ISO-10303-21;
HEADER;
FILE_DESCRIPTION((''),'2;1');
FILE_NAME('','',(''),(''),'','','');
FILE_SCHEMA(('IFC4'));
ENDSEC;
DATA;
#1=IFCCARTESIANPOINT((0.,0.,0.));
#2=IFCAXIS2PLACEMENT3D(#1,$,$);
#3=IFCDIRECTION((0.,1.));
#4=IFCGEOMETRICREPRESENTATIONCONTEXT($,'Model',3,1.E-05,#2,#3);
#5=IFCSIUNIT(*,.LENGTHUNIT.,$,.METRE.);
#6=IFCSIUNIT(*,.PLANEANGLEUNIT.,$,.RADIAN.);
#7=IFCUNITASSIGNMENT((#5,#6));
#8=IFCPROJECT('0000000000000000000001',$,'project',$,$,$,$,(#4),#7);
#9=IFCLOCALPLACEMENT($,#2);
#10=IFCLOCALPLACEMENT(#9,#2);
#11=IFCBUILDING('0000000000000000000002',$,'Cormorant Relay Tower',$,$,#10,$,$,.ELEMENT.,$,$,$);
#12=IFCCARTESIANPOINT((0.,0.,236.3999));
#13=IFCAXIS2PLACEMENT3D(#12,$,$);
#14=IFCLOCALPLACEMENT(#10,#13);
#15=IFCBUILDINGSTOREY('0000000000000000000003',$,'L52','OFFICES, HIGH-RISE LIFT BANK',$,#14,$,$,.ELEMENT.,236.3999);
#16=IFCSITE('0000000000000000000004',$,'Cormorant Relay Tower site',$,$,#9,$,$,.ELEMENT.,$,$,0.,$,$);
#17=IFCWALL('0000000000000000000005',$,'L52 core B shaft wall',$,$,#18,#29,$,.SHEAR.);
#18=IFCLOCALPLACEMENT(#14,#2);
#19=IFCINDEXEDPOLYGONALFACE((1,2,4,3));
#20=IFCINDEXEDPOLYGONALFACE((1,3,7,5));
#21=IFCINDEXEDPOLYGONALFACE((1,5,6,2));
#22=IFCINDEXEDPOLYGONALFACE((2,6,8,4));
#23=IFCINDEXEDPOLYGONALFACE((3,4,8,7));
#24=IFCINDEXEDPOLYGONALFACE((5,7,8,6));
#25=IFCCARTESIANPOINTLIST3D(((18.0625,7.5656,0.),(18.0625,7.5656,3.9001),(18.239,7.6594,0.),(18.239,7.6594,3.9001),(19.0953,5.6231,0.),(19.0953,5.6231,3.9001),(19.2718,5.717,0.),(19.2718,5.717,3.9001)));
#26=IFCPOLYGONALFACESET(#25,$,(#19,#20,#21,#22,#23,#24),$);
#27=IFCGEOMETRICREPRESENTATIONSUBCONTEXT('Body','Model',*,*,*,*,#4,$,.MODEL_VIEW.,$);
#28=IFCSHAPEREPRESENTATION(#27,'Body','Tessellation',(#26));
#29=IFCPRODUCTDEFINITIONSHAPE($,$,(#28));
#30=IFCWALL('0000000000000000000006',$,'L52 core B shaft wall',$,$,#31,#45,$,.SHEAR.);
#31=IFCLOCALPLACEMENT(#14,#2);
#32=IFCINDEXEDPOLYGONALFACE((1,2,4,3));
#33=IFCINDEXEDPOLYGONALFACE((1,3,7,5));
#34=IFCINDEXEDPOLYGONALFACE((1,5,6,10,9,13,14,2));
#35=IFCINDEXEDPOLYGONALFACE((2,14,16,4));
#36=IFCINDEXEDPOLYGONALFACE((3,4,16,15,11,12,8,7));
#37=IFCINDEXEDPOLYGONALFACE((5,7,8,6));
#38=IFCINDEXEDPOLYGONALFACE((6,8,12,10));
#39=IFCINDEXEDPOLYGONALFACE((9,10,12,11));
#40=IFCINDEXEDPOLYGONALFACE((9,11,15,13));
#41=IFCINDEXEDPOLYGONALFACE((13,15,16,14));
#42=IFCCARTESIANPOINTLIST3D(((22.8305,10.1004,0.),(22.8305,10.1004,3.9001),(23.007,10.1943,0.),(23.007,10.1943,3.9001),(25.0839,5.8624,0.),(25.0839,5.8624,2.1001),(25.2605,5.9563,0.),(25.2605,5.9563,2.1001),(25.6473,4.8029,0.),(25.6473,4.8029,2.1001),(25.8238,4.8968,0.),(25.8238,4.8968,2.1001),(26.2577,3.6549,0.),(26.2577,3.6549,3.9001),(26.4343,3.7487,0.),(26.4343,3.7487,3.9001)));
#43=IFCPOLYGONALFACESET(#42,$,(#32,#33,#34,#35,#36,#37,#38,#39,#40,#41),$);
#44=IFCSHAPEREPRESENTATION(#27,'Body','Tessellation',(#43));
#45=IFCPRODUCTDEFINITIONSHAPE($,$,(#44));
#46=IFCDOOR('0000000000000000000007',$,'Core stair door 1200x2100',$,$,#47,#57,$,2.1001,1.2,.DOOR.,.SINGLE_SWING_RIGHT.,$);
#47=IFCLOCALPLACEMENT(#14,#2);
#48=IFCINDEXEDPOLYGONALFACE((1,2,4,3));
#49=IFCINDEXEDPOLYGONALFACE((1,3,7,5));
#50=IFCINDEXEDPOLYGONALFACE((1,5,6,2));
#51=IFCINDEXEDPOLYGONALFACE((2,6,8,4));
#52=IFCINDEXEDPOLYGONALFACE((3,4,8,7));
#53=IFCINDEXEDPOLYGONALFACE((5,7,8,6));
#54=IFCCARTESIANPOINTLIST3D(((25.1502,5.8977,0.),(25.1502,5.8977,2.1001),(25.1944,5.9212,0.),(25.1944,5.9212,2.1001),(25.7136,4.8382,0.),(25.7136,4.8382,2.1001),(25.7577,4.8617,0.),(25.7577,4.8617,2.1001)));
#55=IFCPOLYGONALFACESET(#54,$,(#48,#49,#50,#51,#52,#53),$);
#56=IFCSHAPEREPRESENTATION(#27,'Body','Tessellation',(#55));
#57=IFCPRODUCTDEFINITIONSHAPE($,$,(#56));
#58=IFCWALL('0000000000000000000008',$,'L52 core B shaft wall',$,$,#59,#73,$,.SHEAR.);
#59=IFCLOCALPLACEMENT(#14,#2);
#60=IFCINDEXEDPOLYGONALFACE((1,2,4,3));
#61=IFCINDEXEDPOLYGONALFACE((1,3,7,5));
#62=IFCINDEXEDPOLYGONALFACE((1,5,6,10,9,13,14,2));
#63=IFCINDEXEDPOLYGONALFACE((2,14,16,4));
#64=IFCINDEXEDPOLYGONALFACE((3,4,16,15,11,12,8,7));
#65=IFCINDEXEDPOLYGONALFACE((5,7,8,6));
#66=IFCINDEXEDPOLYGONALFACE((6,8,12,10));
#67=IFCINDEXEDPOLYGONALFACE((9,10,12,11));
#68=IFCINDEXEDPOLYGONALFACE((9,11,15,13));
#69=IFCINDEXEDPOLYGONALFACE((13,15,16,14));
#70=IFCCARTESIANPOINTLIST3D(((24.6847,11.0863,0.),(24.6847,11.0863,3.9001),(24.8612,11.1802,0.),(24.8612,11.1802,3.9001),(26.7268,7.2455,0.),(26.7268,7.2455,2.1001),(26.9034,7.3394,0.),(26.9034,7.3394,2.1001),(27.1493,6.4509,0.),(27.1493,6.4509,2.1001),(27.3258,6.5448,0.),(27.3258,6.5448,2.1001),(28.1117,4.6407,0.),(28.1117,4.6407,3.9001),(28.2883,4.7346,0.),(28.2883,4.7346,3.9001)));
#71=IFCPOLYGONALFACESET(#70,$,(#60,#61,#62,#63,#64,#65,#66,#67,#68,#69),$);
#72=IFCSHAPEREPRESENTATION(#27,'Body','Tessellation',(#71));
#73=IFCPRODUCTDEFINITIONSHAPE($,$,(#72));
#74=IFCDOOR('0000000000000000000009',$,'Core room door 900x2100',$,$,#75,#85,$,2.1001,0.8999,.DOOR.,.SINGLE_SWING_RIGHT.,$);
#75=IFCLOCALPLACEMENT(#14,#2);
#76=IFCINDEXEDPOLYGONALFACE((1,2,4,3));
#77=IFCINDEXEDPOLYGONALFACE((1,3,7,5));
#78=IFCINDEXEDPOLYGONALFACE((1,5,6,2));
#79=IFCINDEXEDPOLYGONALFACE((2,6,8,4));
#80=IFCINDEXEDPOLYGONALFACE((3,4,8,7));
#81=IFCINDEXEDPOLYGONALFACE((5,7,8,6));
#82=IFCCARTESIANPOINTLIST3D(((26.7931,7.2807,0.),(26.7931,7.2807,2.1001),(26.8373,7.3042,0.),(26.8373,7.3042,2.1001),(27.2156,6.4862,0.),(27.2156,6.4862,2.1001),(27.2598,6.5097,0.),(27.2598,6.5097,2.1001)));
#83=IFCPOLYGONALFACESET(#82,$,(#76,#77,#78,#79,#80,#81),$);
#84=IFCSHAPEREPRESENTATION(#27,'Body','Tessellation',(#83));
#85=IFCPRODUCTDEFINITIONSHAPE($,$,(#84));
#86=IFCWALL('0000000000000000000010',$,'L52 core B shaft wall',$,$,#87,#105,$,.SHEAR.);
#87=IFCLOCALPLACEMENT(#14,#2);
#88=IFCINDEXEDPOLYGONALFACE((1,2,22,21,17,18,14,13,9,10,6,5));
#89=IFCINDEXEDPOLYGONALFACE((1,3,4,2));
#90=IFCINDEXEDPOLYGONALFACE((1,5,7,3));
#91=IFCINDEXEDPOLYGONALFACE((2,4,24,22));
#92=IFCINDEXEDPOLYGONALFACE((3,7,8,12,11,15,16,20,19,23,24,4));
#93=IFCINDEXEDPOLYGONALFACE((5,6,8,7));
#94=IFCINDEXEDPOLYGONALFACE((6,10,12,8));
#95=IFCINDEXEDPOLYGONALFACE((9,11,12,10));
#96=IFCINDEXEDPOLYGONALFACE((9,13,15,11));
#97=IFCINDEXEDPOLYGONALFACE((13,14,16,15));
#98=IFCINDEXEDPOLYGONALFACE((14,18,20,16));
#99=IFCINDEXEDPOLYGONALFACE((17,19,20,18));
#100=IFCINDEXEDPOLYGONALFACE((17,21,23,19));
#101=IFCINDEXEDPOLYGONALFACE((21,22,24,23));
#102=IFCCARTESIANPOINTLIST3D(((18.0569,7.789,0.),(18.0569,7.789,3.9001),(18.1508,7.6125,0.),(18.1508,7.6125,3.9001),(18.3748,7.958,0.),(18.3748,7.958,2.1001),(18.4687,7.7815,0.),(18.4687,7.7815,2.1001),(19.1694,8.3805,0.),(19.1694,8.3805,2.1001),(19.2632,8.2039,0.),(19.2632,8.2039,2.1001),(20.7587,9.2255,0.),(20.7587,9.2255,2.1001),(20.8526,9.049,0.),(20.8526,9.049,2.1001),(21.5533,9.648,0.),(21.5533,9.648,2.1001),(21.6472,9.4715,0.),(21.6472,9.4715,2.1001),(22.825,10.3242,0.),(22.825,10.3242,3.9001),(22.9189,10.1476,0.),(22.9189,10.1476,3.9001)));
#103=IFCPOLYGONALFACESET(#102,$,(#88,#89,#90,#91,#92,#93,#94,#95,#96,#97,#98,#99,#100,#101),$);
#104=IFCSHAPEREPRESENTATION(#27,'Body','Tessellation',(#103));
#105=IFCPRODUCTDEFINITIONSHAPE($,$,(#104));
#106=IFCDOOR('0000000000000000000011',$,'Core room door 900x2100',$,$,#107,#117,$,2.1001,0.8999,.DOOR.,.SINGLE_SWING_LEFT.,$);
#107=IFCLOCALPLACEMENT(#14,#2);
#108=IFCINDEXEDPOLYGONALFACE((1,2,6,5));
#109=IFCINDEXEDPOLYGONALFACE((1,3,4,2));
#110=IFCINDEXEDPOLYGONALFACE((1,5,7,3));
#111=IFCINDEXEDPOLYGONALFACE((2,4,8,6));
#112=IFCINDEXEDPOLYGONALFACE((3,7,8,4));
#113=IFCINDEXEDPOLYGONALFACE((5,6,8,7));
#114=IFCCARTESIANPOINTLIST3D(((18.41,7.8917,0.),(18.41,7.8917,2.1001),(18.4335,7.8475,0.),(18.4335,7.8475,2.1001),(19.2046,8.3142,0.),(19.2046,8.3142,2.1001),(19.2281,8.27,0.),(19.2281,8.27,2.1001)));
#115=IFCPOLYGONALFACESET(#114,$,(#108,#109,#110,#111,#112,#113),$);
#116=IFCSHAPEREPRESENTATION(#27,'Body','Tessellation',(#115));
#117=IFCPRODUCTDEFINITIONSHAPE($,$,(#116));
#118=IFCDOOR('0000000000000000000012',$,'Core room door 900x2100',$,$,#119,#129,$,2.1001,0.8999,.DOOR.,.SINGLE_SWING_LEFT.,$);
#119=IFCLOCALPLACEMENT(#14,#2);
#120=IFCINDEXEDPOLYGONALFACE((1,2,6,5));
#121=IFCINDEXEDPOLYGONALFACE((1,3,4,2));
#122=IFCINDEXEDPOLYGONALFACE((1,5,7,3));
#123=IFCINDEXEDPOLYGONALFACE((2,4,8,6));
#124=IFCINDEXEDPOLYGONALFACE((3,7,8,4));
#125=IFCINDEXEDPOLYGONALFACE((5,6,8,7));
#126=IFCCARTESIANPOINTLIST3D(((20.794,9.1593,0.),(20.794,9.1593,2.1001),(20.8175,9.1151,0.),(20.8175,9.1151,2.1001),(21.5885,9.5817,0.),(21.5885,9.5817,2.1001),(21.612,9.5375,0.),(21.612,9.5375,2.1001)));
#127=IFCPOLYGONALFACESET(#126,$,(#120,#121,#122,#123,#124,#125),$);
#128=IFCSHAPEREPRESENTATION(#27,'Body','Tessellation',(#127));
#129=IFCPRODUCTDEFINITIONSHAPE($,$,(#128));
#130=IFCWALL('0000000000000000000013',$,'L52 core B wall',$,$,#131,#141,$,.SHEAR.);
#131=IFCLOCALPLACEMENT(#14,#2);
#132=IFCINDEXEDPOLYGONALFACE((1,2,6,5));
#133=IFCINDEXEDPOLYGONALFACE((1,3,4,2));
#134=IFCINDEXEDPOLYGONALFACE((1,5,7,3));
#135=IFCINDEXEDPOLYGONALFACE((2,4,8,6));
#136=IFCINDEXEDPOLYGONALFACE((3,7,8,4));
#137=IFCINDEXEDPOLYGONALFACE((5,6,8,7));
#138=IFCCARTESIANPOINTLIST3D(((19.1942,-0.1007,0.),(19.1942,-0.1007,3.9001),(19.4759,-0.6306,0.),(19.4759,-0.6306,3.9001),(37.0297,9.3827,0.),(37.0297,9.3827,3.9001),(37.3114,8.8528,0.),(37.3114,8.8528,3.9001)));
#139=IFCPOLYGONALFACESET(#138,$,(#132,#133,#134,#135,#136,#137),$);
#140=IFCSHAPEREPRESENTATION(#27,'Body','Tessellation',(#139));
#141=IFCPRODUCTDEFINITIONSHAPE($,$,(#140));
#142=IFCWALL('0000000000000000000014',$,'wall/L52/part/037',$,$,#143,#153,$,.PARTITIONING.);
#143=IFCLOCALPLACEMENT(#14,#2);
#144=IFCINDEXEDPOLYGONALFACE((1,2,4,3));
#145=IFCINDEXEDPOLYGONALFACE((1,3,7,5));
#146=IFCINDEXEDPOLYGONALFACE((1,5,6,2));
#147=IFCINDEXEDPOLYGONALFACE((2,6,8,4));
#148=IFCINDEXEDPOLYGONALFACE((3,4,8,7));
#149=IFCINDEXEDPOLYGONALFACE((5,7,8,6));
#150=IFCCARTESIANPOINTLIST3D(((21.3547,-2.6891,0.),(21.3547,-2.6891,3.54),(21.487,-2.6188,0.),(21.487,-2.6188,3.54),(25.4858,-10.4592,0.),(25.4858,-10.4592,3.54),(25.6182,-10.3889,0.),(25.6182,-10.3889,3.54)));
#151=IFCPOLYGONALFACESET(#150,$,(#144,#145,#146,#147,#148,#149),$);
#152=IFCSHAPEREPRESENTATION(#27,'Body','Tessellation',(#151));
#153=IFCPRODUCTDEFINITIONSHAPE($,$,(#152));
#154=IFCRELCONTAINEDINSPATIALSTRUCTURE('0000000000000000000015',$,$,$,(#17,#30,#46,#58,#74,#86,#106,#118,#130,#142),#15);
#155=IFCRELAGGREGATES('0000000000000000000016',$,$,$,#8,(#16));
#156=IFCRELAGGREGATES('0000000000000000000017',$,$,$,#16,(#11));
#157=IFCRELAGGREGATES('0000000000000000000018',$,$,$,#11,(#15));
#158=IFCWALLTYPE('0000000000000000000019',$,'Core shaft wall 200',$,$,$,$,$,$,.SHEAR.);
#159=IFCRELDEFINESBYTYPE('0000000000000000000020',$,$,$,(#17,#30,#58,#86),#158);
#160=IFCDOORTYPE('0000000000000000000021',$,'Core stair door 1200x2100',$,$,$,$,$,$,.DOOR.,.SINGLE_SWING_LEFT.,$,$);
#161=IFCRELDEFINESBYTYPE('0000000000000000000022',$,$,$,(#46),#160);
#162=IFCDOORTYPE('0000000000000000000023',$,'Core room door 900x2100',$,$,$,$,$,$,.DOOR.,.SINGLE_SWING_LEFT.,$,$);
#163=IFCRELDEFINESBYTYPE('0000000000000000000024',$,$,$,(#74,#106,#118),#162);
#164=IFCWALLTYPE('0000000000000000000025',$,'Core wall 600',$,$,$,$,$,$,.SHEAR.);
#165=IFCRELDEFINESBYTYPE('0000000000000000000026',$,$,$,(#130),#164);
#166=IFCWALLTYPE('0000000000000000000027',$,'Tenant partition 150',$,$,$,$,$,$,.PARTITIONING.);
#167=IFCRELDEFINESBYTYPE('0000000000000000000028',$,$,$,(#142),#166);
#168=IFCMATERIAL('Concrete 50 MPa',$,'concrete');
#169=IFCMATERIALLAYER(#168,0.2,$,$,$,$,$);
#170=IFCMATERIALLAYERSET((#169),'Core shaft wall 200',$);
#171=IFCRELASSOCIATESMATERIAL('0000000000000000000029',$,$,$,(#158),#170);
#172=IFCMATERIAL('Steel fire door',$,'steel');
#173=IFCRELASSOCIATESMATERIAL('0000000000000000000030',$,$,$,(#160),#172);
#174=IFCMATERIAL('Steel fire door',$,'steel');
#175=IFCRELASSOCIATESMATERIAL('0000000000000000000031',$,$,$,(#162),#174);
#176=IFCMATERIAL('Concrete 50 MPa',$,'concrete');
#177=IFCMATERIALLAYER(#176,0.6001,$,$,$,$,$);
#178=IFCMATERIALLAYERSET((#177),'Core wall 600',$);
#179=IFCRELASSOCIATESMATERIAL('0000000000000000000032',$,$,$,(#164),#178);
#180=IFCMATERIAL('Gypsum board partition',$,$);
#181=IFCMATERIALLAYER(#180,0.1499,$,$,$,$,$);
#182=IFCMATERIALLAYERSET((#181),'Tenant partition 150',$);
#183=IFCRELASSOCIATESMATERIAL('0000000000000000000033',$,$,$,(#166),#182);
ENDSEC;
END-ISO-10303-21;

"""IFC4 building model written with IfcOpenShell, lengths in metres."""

from ifc_helpers import new_model, si_unit, direction, frame, frame_2d, origin, place, context, subcontext, project, spatial, rectangle, extrude, material, layer, layer_set, type_object, element, fill, save


model = new_model("IFC4")

# Units and contexts
model_context = context("Model", 3, precision=1e-05, world=origin(), true_north=direction((0.0, 1.0)))
body_context = subcontext(model_context, "Body", "Model", "MODEL_VIEW")
ifc_project = project(units=[si_unit("LENGTHUNIT", "METRE"), si_unit("PLANEANGLEUNIT", "RADIAN")], contexts=[model_context])

# Site, building, storey
site_placement = place(None, origin())
site = spatial("IfcSite", under=ifc_project, at=site_placement, Name="Cormorant Relay Tower site", CompositionType="ELEMENT", RefElevation=0.0)
building_placement = place(site_placement, origin())
building = spatial("IfcBuilding", under=site, at=building_placement, Name="Cormorant Relay Tower", CompositionType="ELEMENT")
storey_placement = place(building_placement, frame((0.0, 0.0, 236.3999)))
storey = spatial("IfcBuildingStorey", under=building, at=storey_placement, Name="L52", Description="OFFICES, HIGH-RISE LIFT BANK", CompositionType="ELEMENT", Elevation=236.3999)

# Wall
ifc_material_1 = material(Name="Concrete 50 MPa", Category="concrete")
ifc_layer_1 = layer(ifc_material_1, 0.2)
ifc_layer_set_1 = layer_set([ifc_layer_1], Name="Core shaft wall 200")
wall_type_1 = type_object("IfcWallType", Name="Core shaft wall 200", PredefinedType="SHEAR", material=ifc_layer_set_1)
wall_1_placement = place(storey_placement, frame((19.1836, 5.6699, 0.0), z_axis=(0.0, 0.0, 1.0), x_axis=(-0.469447, 0.88296, 0.0)))
element("IfcWall", 1, at=wall_1_placement, inside=storey, type_object=wall_type_1, Name="L52 core B shaft wall", PredefinedType="SHEAR", context=body_context, shape_type="SweptSolid", body=[
    extrude(rectangle(XDim=2.2, YDim=0.2, at=frame_2d((1.1001, 0.0))), origin(), (0.0, 0.0, 1.0), 3.9001),
])

# Walls, openings, doors
wall_2_placement = place(storey_placement, frame((26.3459, 3.7019, 0.0), z_axis=(0.0, 0.0, 1.0), x_axis=(-0.46948, 0.882943, 0.0)))
wall_2 = element("IfcWall", 2, at=wall_2_placement, inside=storey, type_object=wall_type_1, Name="L52 core B shaft wall", PredefinedType="SHEAR", context=body_context, shape_type="SweptSolid", body=[
    extrude(rectangle(XDim=7.3, YDim=0.2, at=frame_2d((3.6499, 0.0))), origin(), (0.0, 0.0, 1.0), 3.9001),
])
opening_1_placement = place(wall_2_placement, frame((1.3, 0.0, 0.0)))
opening_1 = element("IfcOpeningElement", 3, at=opening_1_placement, cuts=wall_2, PredefinedType="OPENING", context=body_context, shape_type="SweptSolid", body=[
    extrude(rectangle(XDim=1.2, YDim=2.1001, at=frame_2d((0.6001, 1.05))), frame((0.0, 0.1099, 0.0), z_axis=(0.0, -1.0, 0.0), x_axis=(1.0, 0.0, 0.0)), (0.0, 0.0, 1.0), 0.22),
])
ifc_material_2 = material(Name="Steel fire door", Category="steel")
door_type_1 = type_object("IfcDoorType", Name="Core stair door 1200x2100", OperationType="SINGLE_SWING_LEFT", PredefinedType="DOOR", material=ifc_material_2)
door_1_placement = place(opening_1_placement, origin())
door_1 = element("IfcDoor", 4, at=door_1_placement, inside=storey, type_object=door_type_1, Name="Core stair door 1200x2100", OperationType="SINGLE_SWING_RIGHT", OverallHeight=2.1001, OverallWidth=1.2, PredefinedType="DOOR", context=body_context, shape_type="SweptSolid", body=[
    extrude(rectangle(XDim=1.2, YDim=2.1001, at=frame_2d((0.6001, 1.05))), frame((0.0, 0.0249, 0.0), z_axis=(0.0, -1.0, 0.0), x_axis=(1.0, 0.0, 0.0)), (0.0, 0.0, 1.0), 0.05),
])
fill(opening_1, door_1)
wall_3_placement = place(storey_placement, frame((28.2, 4.6877, 0.0), z_axis=(0.0, 0.0, 1.0), x_axis=(-0.469454, 0.882957, 0.0)))
wall_3 = element("IfcWall", 5, at=wall_3_placement, inside=storey, type_object=wall_type_1, Name="L52 core B shaft wall", PredefinedType="SHEAR", context=body_context, shape_type="SweptSolid", body=[
    extrude(rectangle(XDim=7.3, YDim=0.2, at=frame_2d((3.6499, 0.0))), origin(), (0.0, 0.0, 1.0), 3.9001),
])
opening_2_placement = place(wall_3_placement, frame((2.05, 0.0, 0.0)))
opening_2 = element("IfcOpeningElement", 6, at=opening_2_placement, cuts=wall_3, PredefinedType="OPENING", context=body_context, shape_type="SweptSolid", body=[
    extrude(rectangle(XDim=0.8999, YDim=2.1001, at=frame_2d((0.45, 1.05))), frame((0.0, 0.1099, 0.0), z_axis=(0.0, -1.0, 0.0), x_axis=(1.0, 0.0, 0.0)), (0.0, 0.0, 1.0), 0.22),
])
ifc_material_3 = material(Name="Steel fire door", Category="steel")
door_type_2 = type_object("IfcDoorType", Name="Core room door 900x2100", OperationType="SINGLE_SWING_LEFT", PredefinedType="DOOR", material=ifc_material_3)
door_2_placement = place(opening_2_placement, origin())
door_2 = element("IfcDoor", 7, at=door_2_placement, inside=storey, type_object=door_type_2, Name="Core room door 900x2100", OperationType="SINGLE_SWING_RIGHT", OverallHeight=2.1001, OverallWidth=0.8999, PredefinedType="DOOR", context=body_context, shape_type="SweptSolid", body=[
    extrude(rectangle(XDim=0.8999, YDim=2.1001, at=frame_2d((0.45, 1.05))), frame((0.0, 0.0249, 0.0), z_axis=(0.0, -1.0, 0.0), x_axis=(1.0, 0.0, 0.0)), (0.0, 0.0, 1.0), 0.05),
])
fill(opening_2, door_2)

# Wall, openings, doors
wall_4_placement = place(storey_placement, frame((18.1038, 7.7007, 0.0), z_axis=(0.0, 0.0, 1.0), x_axis=(0.882953, 0.469462, 0.0)))
wall_4 = element("IfcWall", 8, at=wall_4_placement, inside=storey, type_object=wall_type_1, Name="L52 core B shaft wall", PredefinedType="SHEAR", context=body_context, shape_type="SweptSolid", body=[
    extrude(rectangle(XDim=5.4001, YDim=0.2, at=frame_2d((2.7002, 0.0))), origin(), (0.0, 0.0, 1.0), 3.9001),
])
opening_3_placement = place(wall_4_placement, frame((0.3601, 0.0, 0.0)))
opening_3 = element("IfcOpeningElement", 9, at=opening_3_placement, cuts=wall_4, PredefinedType="OPENING", context=body_context, shape_type="SweptSolid", body=[
    extrude(rectangle(XDim=0.8999, YDim=2.1001, at=frame_2d((0.45, 1.05))), frame((0.0, 0.1099, 0.0), z_axis=(0.0, -1.0, 0.0), x_axis=(1.0, 0.0, 0.0)), (0.0, 0.0, 1.0), 0.22),
])
opening_4_placement = place(wall_4_placement, frame((3.0601, 0.0, 0.0)))
opening_4 = element("IfcOpeningElement", 10, at=opening_4_placement, cuts=wall_4, PredefinedType="OPENING", context=body_context, shape_type="SweptSolid", body=[
    extrude(rectangle(XDim=0.8999, YDim=2.1001, at=frame_2d((0.45, 1.05))), frame((0.0, 0.1099, 0.0), z_axis=(0.0, -1.0, 0.0), x_axis=(1.0, 0.0, 0.0)), (0.0, 0.0, 1.0), 0.22),
])
door_3_placement = place(opening_3_placement, origin())
door_3 = element("IfcDoor", 11, at=door_3_placement, inside=storey, type_object=door_type_2, Name="Core room door 900x2100", OperationType="SINGLE_SWING_LEFT", OverallHeight=2.1001, OverallWidth=0.8999, PredefinedType="DOOR", context=body_context, shape_type="SweptSolid", body=[
    extrude(rectangle(XDim=0.8999, YDim=2.1001, at=frame_2d((0.45, 1.05))), frame((0.0, 0.0249, 0.0), z_axis=(0.0, -1.0, 0.0), x_axis=(1.0, 0.0, 0.0)), (0.0, 0.0, 1.0), 0.05),
])
fill(opening_3, door_3)
door_4_placement = place(opening_4_placement, origin())
door_4 = element("IfcDoor", 12, at=door_4_placement, inside=storey, type_object=door_type_2, Name="Core room door 900x2100", OperationType="SINGLE_SWING_LEFT", OverallHeight=2.1001, OverallWidth=0.8999, PredefinedType="DOOR", context=body_context, shape_type="SweptSolid", body=[
    extrude(rectangle(XDim=0.8999, YDim=2.1001, at=frame_2d((0.45, 1.05))), frame((0.0, 0.0249, 0.0), z_axis=(0.0, -1.0, 0.0), x_axis=(1.0, 0.0, 0.0)), (0.0, 0.0, 1.0), 0.05),
])
fill(opening_4, door_4)

# Shared definitions
ifc_material_4 = material(Name="Concrete 50 MPa", Category="concrete")
ifc_layer_2 = layer(ifc_material_4, 0.6001)
ifc_layer_set_2 = layer_set([ifc_layer_2], Name="Core wall 600")
wall_type_2 = type_object("IfcWallType", Name="Core wall 600", PredefinedType="SHEAR", material=ifc_layer_set_2)

# Walls
wall_5_placement = place(storey_placement, frame((19.335, -0.3657, 0.0), z_axis=(0.0, 0.0, 1.0), x_axis=(0.882945, 0.469476, 0.0)))
element("IfcWall", 13, at=wall_5_placement, inside=storey, type_object=wall_type_2, Name="L52 core B wall", PredefinedType="SHEAR", context=body_context, shape_type="SweptSolid", body=[
    extrude(rectangle(XDim=20.2, YDim=0.6001, at=frame_2d((10.1001, 0.0))), origin(), (0.0, 0.0, 1.0), 3.9001),
])
ifc_material_5 = material(Name="Gypsum board partition")
ifc_layer_3 = layer(ifc_material_5, 0.1499)
ifc_layer_set_3 = layer_set([ifc_layer_3], Name="Tenant partition 150")
wall_type_3 = type_object("IfcWallType", Name="Tenant partition 150", PredefinedType="PARTITIONING", material=ifc_layer_set_3)
wall_6_placement = place(storey_placement, frame((21.4209, -2.6541, 0.0), z_axis=(0.0, 0.0, 1.0), x_axis=(0.469446, -0.882961, 0.0)))
element("IfcWall", 14, at=wall_6_placement, inside=storey, type_object=wall_type_3, Name="wall/L52/part/037", PredefinedType="PARTITIONING", context=body_context, shape_type="SweptSolid", body=[
    extrude(rectangle(XDim=8.8, YDim=0.1499, at=frame_2d((4.3999, 0.0))), origin(), (0.0, 0.0, 1.0), 3.54),
])

save(model, "model.ifc")
